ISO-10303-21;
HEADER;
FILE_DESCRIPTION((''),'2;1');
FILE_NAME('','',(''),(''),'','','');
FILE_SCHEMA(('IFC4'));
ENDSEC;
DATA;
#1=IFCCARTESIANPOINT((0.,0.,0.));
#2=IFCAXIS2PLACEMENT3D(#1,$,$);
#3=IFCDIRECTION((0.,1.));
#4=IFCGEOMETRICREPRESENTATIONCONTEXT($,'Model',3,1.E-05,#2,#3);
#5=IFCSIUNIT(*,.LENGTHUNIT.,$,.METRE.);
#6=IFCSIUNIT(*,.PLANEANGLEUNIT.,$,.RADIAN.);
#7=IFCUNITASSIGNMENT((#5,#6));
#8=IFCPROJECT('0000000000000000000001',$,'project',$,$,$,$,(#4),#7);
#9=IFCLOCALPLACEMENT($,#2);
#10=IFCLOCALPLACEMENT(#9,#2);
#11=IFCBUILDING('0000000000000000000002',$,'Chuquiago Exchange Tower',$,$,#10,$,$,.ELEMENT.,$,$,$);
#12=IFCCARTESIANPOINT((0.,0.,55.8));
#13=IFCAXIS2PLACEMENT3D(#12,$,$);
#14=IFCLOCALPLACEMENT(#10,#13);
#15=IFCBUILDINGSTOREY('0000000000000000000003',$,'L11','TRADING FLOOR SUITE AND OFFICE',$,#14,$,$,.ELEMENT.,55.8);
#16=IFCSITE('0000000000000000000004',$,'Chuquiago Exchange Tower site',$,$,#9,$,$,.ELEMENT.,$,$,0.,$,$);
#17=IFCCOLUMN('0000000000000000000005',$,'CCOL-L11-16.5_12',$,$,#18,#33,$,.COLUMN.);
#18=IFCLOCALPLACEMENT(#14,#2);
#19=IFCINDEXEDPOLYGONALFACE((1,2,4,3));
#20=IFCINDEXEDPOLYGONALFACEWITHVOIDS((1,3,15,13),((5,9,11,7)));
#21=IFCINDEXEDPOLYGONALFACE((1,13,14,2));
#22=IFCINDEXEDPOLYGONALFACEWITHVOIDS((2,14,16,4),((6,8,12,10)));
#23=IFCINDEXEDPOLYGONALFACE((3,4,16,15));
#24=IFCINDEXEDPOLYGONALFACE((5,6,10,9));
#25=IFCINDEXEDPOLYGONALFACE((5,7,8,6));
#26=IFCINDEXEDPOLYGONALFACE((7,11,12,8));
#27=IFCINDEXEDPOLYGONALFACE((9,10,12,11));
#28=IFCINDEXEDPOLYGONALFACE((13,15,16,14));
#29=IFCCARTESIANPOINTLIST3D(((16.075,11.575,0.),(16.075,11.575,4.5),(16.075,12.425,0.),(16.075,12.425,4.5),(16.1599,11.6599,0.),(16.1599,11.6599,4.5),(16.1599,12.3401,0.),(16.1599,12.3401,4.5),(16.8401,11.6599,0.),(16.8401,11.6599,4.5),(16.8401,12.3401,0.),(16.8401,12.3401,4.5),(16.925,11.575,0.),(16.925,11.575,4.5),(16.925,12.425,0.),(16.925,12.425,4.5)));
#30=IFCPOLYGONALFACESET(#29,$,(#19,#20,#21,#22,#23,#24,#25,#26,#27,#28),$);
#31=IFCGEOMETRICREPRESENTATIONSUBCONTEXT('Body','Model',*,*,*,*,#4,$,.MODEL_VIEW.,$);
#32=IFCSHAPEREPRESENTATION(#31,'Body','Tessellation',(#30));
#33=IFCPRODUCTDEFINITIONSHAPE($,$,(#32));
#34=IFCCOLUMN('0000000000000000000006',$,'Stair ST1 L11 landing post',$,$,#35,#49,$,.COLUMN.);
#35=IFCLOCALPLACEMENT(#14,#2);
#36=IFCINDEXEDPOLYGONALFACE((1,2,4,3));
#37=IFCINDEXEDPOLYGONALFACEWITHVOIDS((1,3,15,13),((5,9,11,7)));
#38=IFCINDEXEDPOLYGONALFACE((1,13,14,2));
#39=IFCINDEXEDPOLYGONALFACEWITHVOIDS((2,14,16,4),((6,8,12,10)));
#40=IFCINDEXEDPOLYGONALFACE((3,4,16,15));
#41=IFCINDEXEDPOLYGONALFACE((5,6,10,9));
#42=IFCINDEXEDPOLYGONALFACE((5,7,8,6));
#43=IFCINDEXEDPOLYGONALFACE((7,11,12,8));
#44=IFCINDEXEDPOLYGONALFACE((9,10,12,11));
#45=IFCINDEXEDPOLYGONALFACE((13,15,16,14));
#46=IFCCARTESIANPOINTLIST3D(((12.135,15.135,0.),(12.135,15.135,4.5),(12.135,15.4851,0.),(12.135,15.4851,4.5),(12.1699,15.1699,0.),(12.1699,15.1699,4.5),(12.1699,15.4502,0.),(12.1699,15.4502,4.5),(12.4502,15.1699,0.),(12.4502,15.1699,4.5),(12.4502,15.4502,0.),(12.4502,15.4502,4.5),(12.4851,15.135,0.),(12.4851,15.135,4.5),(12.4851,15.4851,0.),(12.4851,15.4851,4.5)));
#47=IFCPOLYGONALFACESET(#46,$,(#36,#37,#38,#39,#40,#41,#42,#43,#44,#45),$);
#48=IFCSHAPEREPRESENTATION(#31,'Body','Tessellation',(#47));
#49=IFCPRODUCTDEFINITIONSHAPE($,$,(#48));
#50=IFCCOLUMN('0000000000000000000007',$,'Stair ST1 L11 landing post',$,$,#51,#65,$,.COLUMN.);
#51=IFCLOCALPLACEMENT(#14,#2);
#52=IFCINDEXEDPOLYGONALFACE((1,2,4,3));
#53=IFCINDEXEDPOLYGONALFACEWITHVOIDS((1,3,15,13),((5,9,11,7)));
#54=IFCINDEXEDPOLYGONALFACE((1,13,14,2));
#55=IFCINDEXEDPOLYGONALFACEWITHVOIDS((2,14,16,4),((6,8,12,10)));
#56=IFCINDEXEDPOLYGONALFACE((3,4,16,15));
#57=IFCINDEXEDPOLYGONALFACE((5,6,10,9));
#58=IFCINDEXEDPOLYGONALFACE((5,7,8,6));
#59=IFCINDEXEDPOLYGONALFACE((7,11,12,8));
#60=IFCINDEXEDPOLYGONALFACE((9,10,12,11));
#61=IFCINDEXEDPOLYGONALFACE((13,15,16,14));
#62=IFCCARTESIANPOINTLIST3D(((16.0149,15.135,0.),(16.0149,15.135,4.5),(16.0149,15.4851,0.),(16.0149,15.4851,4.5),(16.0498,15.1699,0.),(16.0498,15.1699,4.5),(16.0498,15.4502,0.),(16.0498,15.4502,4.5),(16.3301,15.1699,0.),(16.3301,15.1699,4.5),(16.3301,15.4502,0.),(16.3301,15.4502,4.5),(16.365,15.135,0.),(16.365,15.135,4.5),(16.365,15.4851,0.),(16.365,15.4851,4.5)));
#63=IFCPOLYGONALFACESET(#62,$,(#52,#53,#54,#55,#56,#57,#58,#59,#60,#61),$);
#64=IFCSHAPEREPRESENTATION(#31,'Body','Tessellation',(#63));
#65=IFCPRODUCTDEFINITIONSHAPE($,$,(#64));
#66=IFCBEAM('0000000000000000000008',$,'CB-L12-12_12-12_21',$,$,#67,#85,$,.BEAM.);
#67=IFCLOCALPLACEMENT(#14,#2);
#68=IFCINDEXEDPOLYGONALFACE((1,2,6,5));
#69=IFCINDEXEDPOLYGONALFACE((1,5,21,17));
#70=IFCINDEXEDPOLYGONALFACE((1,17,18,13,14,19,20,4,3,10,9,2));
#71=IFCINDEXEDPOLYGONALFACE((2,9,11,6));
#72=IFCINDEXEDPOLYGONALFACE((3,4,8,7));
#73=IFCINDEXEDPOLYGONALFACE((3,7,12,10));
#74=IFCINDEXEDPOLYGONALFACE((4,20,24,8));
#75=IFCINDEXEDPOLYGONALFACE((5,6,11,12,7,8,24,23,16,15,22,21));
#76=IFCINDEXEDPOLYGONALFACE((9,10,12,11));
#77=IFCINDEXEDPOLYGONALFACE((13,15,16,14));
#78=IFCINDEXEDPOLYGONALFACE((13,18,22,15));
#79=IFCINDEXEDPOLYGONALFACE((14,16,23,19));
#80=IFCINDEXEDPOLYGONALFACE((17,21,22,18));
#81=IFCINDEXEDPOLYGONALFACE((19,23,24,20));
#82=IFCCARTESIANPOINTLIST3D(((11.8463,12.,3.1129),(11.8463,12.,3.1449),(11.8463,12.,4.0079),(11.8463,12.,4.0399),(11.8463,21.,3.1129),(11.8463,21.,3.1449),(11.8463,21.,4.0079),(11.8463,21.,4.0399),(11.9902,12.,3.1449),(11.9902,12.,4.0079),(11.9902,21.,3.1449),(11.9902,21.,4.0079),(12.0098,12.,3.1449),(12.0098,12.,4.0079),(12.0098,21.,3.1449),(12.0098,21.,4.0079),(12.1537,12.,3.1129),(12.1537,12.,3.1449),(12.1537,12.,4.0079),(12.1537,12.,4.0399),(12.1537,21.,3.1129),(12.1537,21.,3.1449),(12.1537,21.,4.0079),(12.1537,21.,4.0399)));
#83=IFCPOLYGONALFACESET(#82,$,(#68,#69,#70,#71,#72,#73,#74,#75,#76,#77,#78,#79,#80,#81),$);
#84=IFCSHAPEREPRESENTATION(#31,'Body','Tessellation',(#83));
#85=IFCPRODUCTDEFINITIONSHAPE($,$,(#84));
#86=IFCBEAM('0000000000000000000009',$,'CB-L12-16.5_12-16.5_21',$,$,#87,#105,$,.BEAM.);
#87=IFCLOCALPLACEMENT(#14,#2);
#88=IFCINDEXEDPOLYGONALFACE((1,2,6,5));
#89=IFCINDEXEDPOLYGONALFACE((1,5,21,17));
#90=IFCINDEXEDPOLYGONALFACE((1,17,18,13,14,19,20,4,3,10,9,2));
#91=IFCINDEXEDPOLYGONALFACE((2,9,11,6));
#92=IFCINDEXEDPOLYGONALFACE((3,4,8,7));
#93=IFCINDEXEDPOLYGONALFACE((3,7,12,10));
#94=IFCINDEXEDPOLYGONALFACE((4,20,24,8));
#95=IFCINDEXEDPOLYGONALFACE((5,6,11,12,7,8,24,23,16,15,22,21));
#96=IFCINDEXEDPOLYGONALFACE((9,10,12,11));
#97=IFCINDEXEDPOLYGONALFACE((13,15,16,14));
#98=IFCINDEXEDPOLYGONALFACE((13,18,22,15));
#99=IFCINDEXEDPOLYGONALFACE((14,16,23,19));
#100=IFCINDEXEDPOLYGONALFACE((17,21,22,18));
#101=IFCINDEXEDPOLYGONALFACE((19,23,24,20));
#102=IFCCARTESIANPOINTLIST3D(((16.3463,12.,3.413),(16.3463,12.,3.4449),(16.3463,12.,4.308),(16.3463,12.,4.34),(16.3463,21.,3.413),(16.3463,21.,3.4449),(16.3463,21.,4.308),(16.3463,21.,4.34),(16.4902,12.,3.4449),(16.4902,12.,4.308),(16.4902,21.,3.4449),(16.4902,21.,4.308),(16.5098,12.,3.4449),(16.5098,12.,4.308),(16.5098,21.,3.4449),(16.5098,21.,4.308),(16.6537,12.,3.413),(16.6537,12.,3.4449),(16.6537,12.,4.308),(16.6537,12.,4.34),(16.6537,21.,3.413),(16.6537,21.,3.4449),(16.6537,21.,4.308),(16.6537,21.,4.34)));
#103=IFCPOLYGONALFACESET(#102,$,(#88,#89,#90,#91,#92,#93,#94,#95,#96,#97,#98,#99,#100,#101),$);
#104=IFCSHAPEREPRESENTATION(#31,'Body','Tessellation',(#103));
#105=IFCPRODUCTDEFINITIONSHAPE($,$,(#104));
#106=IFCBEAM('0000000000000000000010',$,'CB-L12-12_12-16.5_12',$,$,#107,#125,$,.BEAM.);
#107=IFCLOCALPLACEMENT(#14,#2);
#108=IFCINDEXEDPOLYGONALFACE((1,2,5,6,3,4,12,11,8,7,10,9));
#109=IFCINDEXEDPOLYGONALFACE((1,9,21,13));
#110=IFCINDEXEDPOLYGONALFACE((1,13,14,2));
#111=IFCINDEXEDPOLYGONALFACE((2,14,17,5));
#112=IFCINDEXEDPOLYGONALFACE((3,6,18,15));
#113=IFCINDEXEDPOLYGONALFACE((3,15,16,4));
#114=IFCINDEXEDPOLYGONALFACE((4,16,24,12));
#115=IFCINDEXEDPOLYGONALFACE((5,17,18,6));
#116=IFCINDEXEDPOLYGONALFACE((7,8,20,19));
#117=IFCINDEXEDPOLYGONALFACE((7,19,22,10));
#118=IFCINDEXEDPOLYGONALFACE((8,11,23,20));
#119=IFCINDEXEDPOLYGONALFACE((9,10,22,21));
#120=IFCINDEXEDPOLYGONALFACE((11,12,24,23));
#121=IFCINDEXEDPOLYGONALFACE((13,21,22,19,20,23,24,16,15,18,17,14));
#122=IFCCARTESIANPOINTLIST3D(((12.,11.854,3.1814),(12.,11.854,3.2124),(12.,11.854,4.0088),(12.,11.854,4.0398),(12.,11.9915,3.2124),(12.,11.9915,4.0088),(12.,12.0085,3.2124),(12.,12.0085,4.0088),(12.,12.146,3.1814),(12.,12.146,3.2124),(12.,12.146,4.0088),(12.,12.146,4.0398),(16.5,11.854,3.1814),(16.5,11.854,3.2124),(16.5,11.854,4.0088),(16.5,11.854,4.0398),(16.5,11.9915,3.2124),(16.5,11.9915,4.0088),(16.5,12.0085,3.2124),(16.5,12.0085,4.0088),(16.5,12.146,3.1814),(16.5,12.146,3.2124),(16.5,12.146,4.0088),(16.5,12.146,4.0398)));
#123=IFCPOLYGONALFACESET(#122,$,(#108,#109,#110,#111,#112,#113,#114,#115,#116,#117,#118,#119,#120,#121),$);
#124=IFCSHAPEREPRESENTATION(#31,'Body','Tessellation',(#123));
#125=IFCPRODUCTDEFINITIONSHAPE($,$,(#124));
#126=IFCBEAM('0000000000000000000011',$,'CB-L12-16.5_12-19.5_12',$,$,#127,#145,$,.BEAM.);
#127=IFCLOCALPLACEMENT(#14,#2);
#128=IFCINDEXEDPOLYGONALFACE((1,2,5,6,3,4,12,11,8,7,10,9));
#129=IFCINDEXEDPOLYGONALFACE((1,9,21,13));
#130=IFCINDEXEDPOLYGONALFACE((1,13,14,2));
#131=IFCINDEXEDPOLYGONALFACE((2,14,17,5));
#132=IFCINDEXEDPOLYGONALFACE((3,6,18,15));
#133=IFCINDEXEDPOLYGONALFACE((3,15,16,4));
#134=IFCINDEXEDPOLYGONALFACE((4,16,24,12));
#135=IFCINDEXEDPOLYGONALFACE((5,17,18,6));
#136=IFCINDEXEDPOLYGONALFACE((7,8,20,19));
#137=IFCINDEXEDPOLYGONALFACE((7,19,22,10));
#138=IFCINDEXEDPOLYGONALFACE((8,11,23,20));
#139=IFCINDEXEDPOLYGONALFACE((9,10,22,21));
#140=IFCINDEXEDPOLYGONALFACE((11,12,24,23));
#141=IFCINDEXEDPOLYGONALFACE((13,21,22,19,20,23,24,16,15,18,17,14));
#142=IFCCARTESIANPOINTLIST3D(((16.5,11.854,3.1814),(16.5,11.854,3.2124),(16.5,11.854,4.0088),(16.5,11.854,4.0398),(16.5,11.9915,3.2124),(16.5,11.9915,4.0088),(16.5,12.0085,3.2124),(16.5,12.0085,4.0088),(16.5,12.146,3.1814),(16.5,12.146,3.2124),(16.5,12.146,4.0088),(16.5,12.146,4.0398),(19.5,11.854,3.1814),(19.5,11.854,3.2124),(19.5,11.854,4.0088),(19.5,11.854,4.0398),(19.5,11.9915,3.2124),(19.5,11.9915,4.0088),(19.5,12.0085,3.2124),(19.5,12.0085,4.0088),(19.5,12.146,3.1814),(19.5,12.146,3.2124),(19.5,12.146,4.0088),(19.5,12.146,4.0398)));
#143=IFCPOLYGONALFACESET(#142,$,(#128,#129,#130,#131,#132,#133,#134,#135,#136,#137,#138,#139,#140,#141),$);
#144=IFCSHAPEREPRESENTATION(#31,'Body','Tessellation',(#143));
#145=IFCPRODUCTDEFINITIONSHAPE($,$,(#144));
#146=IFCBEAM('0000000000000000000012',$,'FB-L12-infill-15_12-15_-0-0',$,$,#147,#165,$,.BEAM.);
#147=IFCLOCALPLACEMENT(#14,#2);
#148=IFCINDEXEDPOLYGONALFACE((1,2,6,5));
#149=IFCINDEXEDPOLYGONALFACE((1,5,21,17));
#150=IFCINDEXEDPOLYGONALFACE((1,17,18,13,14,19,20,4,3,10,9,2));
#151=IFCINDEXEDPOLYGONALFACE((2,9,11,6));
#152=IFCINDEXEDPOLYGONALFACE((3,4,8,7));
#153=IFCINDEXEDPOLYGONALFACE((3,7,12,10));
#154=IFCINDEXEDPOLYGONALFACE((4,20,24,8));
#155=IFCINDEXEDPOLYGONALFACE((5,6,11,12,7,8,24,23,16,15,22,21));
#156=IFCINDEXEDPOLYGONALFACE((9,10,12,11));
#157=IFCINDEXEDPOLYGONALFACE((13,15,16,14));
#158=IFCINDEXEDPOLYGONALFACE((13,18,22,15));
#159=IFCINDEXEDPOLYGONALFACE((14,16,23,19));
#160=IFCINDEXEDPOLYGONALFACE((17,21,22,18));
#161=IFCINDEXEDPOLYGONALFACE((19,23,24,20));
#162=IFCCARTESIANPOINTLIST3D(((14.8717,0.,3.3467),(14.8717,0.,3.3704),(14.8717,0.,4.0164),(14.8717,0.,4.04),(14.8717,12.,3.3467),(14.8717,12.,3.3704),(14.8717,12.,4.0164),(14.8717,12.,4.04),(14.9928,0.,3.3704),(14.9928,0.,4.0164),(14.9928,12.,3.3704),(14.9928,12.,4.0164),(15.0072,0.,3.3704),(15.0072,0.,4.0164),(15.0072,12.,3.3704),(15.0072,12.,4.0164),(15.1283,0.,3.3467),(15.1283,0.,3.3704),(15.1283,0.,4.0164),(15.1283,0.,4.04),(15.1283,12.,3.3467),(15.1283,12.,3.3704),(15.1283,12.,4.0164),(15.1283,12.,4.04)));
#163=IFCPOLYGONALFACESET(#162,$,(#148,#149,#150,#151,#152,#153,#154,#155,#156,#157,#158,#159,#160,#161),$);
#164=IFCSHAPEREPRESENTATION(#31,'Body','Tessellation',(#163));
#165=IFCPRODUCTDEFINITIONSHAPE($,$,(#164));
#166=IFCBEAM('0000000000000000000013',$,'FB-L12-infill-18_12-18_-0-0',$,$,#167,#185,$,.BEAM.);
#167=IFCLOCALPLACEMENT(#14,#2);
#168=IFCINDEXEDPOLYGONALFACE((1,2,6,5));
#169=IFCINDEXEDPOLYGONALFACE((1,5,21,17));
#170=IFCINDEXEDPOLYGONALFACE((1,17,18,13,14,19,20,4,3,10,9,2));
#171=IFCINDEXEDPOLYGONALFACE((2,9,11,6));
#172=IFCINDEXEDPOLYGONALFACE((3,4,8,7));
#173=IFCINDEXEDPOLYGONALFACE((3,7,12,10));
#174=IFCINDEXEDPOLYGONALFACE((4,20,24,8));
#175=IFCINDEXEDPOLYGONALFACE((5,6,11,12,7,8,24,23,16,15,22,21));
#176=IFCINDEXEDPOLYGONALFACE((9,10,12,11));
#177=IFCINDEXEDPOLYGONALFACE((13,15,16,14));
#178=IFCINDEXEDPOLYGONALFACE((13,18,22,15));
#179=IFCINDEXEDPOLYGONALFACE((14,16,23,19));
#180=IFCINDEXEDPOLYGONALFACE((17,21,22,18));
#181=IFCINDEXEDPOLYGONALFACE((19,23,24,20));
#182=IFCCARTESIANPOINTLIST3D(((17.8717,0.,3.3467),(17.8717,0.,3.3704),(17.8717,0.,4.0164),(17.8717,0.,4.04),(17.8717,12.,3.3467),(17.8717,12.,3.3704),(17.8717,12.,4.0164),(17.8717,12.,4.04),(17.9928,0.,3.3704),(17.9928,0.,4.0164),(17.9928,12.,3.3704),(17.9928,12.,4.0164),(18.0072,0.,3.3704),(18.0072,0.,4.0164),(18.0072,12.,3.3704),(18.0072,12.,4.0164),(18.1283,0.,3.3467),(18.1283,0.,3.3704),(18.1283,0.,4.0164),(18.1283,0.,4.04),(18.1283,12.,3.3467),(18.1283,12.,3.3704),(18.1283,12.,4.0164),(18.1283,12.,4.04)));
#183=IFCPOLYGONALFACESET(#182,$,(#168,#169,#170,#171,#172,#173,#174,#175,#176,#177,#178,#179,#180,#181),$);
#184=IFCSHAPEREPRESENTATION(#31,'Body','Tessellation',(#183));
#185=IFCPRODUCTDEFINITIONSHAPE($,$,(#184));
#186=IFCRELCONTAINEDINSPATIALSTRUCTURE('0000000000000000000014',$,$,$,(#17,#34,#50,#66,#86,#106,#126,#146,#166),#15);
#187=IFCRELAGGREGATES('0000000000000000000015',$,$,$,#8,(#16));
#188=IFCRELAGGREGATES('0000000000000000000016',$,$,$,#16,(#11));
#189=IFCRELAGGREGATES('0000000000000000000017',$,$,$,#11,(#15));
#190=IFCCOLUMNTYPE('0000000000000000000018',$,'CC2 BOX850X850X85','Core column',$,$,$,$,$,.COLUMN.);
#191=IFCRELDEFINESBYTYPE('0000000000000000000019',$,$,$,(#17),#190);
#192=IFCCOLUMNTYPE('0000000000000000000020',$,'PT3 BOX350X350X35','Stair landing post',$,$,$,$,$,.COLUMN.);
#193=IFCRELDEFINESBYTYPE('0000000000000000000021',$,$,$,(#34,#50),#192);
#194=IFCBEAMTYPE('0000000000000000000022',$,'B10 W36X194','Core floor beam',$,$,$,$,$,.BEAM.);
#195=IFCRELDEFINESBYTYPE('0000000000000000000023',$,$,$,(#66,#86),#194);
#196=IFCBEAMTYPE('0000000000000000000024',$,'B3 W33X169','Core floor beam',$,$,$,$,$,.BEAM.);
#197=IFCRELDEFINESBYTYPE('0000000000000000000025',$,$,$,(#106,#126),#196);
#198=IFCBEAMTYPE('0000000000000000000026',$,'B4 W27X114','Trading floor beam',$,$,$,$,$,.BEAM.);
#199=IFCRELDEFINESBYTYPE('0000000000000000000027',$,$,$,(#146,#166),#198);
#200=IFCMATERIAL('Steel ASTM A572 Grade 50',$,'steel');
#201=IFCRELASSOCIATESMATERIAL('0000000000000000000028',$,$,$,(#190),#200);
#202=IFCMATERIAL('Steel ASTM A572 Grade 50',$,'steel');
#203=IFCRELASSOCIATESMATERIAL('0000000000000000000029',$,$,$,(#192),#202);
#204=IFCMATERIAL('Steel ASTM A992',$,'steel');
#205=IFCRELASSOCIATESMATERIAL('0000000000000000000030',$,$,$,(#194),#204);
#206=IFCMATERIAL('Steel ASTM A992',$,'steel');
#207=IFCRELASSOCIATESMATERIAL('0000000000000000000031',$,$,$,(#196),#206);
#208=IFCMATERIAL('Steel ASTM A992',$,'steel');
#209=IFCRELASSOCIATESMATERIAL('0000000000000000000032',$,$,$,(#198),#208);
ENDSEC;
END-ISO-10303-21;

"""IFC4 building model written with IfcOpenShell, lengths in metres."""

from ifc_helpers import new_model, si_unit, direction, frame, origin, origin_2d, place, context, subcontext, project, spatial, hollow_rectangle, i_section, extrude, material, material_profile, profile_set, type_object, element, save


model = new_model("IFC4")

# Units and contexts
model_context = context("Model", 3, precision=1e-05, world=origin(), true_north=direction((0.0, 1.0)))
body_context = subcontext(model_context, "Body", "Model", "MODEL_VIEW")
ifc_project = project(units=[si_unit("LENGTHUNIT", "METRE"), si_unit("PLANEANGLEUNIT", "RADIAN")], contexts=[model_context])

# Site, building, storey
site_placement = place(None, origin())
site = spatial("IfcSite", under=ifc_project, at=site_placement, Name="Chuquiago Exchange Tower site", CompositionType="ELEMENT", RefElevation=0.0)
building_placement = place(site_placement, origin())
building = spatial("IfcBuilding", under=site, at=building_placement, Name="Chuquiago Exchange Tower", CompositionType="ELEMENT")
storey_placement = place(building_placement, frame((0.0, 0.0, 55.8)))
storey = spatial("IfcBuildingStorey", under=building, at=storey_placement, Name="L11", Description="TRADING FLOOR SUITE AND OFFICE", CompositionType="ELEMENT", Elevation=55.8)

# Columns
ifc_material_1 = material(Name="Steel ASTM A572 Grade 50", Category="steel")
ifc_material_profile_1 = material_profile(ifc_material_1, hollow_rectangle(XDim=0.8501, YDim=0.8501, WallThickness=0.085, at=origin_2d()), Name="BOX850X850X85")
ifc_profile_set_1 = profile_set([ifc_material_profile_1], Name="Steel ASTM A572 Grade 50")
column_type_1 = type_object("IfcColumnType", Name="CC2 BOX850X850X85", Description="Core column", PredefinedType="COLUMN", material=ifc_profile_set_1)
column_placement = place(storey_placement, frame((16.5, 12.0, 0.0), z_axis=(0.0, 0.0, 1.0), x_axis=(1.0, 0.0, 0.0)))
element("IfcColumn", 1, at=column_placement, inside=storey, type_object=column_type_1, Name="CCOL-L11-16.5_12", PredefinedType="COLUMN", context=body_context, shape_type="SweptSolid", body=[
    extrude(hollow_rectangle(XDim=0.8501, YDim=0.8501, WallThickness=0.085, at=origin_2d()), origin(), (0.0, 0.0, 1.0), 4.5),
])
ifc_material_2 = material(Name="Steel ASTM A572 Grade 50", Category="steel")
ifc_material_profile_2 = material_profile(ifc_material_2, hollow_rectangle(XDim=0.3501, YDim=0.3501, WallThickness=0.0349, at=origin_2d()), Name="BOX350X350X35")
ifc_profile_set_2 = profile_set([ifc_material_profile_2], Name="Steel ASTM A572 Grade 50")
column_type_2 = type_object("IfcColumnType", Name="PT3 BOX350X350X35", Description="Stair landing post", PredefinedType="COLUMN", material=ifc_profile_set_2)
for number, where, z_axis, x_axis, name in (
    (2, (12.3101, 15.3101, 0.0), (0.0, 0.0, 1.0), (1.0, 0.0, 0.0), "Stair ST1 L11 landing post"),
    (3, (16.1899, 15.3101, 0.0), (0.0, 0.0, 1.0), (1.0, 0.0, 0.0), "Stair ST1 L11 landing post"),
):
    element("IfcColumn", number, at=place(storey_placement, frame(where, z_axis=z_axis, x_axis=x_axis)), inside=storey, type_object=column_type_2, Name=name, PredefinedType="COLUMN", context=body_context, shape_type="SweptSolid", body=[
        extrude(hollow_rectangle(XDim=0.3501, YDim=0.3501, WallThickness=0.0349, at=origin_2d()), origin(), (0.0, 0.0, 1.0), 4.5),
    ])

# Beams
ifc_material_3 = material(Name="Steel ASTM A992", Category="steel")
ifc_material_profile_3 = material_profile(ifc_material_3, i_section(OverallWidth=0.3074, OverallDepth=0.927, WebThickness=0.0195, FlangeThickness=0.032, at=origin_2d()), Name="W36X194")
ifc_profile_set_3 = profile_set([ifc_material_profile_3], Name="Steel ASTM A992")
beam_type_1 = type_object("IfcBeamType", Name="B10 W36X194", Description="Core floor beam", PredefinedType="BEAM", material=ifc_profile_set_3)
for number, where, z_axis, x_axis, name in (
    (4, (12.0, 12.0, 3.5764), (0.0, 1.0, 0.0), (-1.0, 0.0, 0.0), "CB-L12-12_12-12_21"),
    (5, (16.5, 12.0, 3.8765), (0.0, 1.0, 0.0), (-1.0, 0.0, 0.0), "CB-L12-16.5_12-16.5_21"),
):
    element("IfcBeam", number, at=place(storey_placement, frame(where, z_axis=z_axis, x_axis=x_axis)), inside=storey, type_object=beam_type_1, Name=name, PredefinedType="BEAM", context=body_context, shape_type="SweptSolid", body=[
        extrude(i_section(OverallWidth=0.3074, OverallDepth=0.927, WebThickness=0.0195, FlangeThickness=0.032, at=origin_2d()), origin(), (0.0, 0.0, 1.0), 9.0),
    ])
ifc_material_4 = material(Name="Steel ASTM A992", Category="steel")
ifc_material_profile_4 = material_profile(ifc_material_4, i_section(OverallWidth=0.292, OverallDepth=0.8584, WebThickness=0.0171, FlangeThickness=0.031, at=origin_2d()), Name="W33X169")
ifc_profile_set_4 = profile_set([ifc_material_profile_4], Name="Steel ASTM A992")
beam_type_2 = type_object("IfcBeamType", Name="B3 W33X169", Description="Core floor beam", PredefinedType="BEAM", material=ifc_profile_set_4)
beam_1_placement = place(storey_placement, frame((12.0, 12.0, 3.6106), z_axis=(1.0, 0.0, 0.0), x_axis=(0.0, 1.0, 0.0)))
element("IfcBeam", 6, at=beam_1_placement, inside=storey, type_object=beam_type_2, Name="CB-L12-12_12-16.5_12", PredefinedType="BEAM", context=body_context, shape_type="SweptSolid", body=[
    extrude(i_section(OverallWidth=0.292, OverallDepth=0.8584, WebThickness=0.0171, FlangeThickness=0.031, at=origin_2d()), origin(), (0.0, 0.0, 1.0), 4.5),
])
beam_2_placement = place(storey_placement, frame((16.5, 12.0, 3.6106), z_axis=(1.0, 0.0, 0.0), x_axis=(0.0, 1.0, 0.0)))
element("IfcBeam", 7, at=beam_2_placement, inside=storey, type_object=beam_type_2, Name="CB-L12-16.5_12-19.5_12", PredefinedType="BEAM", context=body_context, shape_type="SweptSolid", body=[
    extrude(i_section(OverallWidth=0.292, OverallDepth=0.8584, WebThickness=0.0171, FlangeThickness=0.031, at=origin_2d()), origin(), (0.0, 0.0, 1.0), 3.0),
])
ifc_material_5 = material(Name="Steel ASTM A992", Category="steel")
ifc_material_profile_5 = material_profile(ifc_material_5, i_section(OverallWidth=0.2566, OverallDepth=0.6934, WebThickness=0.0144, FlangeThickness=0.0237, at=origin_2d()), Name="W27X114")
ifc_profile_set_5 = profile_set([ifc_material_profile_5], Name="Steel ASTM A992")
beam_type_3 = type_object("IfcBeamType", Name="B4 W27X114", Description="Trading floor beam", PredefinedType="BEAM", material=ifc_profile_set_5)
for number, where, z_axis, x_axis, name in (
    (8, (15.0, 12.0, 3.6934), (0.0, -1.0, 0.0), (1.0, 0.0, 0.0), "FB-L12-infill-15_12-15_-0-0"),
    (9, (18.0, 12.0, 3.6934), (0.0, -1.0, 0.0), (1.0, 0.0, 0.0), "FB-L12-infill-18_12-18_-0-0"),
):
    element("IfcBeam", number, at=place(storey_placement, frame(where, z_axis=z_axis, x_axis=x_axis)), inside=storey, type_object=beam_type_3, Name=name, PredefinedType="BEAM", context=body_context, shape_type="SweptSolid", body=[
        extrude(i_section(OverallWidth=0.2566, OverallDepth=0.6934, WebThickness=0.0144, FlangeThickness=0.0237, at=origin_2d()), origin(), (0.0, 0.0, 1.0), 12.0),
    ])

save(model, "model.ifc")
